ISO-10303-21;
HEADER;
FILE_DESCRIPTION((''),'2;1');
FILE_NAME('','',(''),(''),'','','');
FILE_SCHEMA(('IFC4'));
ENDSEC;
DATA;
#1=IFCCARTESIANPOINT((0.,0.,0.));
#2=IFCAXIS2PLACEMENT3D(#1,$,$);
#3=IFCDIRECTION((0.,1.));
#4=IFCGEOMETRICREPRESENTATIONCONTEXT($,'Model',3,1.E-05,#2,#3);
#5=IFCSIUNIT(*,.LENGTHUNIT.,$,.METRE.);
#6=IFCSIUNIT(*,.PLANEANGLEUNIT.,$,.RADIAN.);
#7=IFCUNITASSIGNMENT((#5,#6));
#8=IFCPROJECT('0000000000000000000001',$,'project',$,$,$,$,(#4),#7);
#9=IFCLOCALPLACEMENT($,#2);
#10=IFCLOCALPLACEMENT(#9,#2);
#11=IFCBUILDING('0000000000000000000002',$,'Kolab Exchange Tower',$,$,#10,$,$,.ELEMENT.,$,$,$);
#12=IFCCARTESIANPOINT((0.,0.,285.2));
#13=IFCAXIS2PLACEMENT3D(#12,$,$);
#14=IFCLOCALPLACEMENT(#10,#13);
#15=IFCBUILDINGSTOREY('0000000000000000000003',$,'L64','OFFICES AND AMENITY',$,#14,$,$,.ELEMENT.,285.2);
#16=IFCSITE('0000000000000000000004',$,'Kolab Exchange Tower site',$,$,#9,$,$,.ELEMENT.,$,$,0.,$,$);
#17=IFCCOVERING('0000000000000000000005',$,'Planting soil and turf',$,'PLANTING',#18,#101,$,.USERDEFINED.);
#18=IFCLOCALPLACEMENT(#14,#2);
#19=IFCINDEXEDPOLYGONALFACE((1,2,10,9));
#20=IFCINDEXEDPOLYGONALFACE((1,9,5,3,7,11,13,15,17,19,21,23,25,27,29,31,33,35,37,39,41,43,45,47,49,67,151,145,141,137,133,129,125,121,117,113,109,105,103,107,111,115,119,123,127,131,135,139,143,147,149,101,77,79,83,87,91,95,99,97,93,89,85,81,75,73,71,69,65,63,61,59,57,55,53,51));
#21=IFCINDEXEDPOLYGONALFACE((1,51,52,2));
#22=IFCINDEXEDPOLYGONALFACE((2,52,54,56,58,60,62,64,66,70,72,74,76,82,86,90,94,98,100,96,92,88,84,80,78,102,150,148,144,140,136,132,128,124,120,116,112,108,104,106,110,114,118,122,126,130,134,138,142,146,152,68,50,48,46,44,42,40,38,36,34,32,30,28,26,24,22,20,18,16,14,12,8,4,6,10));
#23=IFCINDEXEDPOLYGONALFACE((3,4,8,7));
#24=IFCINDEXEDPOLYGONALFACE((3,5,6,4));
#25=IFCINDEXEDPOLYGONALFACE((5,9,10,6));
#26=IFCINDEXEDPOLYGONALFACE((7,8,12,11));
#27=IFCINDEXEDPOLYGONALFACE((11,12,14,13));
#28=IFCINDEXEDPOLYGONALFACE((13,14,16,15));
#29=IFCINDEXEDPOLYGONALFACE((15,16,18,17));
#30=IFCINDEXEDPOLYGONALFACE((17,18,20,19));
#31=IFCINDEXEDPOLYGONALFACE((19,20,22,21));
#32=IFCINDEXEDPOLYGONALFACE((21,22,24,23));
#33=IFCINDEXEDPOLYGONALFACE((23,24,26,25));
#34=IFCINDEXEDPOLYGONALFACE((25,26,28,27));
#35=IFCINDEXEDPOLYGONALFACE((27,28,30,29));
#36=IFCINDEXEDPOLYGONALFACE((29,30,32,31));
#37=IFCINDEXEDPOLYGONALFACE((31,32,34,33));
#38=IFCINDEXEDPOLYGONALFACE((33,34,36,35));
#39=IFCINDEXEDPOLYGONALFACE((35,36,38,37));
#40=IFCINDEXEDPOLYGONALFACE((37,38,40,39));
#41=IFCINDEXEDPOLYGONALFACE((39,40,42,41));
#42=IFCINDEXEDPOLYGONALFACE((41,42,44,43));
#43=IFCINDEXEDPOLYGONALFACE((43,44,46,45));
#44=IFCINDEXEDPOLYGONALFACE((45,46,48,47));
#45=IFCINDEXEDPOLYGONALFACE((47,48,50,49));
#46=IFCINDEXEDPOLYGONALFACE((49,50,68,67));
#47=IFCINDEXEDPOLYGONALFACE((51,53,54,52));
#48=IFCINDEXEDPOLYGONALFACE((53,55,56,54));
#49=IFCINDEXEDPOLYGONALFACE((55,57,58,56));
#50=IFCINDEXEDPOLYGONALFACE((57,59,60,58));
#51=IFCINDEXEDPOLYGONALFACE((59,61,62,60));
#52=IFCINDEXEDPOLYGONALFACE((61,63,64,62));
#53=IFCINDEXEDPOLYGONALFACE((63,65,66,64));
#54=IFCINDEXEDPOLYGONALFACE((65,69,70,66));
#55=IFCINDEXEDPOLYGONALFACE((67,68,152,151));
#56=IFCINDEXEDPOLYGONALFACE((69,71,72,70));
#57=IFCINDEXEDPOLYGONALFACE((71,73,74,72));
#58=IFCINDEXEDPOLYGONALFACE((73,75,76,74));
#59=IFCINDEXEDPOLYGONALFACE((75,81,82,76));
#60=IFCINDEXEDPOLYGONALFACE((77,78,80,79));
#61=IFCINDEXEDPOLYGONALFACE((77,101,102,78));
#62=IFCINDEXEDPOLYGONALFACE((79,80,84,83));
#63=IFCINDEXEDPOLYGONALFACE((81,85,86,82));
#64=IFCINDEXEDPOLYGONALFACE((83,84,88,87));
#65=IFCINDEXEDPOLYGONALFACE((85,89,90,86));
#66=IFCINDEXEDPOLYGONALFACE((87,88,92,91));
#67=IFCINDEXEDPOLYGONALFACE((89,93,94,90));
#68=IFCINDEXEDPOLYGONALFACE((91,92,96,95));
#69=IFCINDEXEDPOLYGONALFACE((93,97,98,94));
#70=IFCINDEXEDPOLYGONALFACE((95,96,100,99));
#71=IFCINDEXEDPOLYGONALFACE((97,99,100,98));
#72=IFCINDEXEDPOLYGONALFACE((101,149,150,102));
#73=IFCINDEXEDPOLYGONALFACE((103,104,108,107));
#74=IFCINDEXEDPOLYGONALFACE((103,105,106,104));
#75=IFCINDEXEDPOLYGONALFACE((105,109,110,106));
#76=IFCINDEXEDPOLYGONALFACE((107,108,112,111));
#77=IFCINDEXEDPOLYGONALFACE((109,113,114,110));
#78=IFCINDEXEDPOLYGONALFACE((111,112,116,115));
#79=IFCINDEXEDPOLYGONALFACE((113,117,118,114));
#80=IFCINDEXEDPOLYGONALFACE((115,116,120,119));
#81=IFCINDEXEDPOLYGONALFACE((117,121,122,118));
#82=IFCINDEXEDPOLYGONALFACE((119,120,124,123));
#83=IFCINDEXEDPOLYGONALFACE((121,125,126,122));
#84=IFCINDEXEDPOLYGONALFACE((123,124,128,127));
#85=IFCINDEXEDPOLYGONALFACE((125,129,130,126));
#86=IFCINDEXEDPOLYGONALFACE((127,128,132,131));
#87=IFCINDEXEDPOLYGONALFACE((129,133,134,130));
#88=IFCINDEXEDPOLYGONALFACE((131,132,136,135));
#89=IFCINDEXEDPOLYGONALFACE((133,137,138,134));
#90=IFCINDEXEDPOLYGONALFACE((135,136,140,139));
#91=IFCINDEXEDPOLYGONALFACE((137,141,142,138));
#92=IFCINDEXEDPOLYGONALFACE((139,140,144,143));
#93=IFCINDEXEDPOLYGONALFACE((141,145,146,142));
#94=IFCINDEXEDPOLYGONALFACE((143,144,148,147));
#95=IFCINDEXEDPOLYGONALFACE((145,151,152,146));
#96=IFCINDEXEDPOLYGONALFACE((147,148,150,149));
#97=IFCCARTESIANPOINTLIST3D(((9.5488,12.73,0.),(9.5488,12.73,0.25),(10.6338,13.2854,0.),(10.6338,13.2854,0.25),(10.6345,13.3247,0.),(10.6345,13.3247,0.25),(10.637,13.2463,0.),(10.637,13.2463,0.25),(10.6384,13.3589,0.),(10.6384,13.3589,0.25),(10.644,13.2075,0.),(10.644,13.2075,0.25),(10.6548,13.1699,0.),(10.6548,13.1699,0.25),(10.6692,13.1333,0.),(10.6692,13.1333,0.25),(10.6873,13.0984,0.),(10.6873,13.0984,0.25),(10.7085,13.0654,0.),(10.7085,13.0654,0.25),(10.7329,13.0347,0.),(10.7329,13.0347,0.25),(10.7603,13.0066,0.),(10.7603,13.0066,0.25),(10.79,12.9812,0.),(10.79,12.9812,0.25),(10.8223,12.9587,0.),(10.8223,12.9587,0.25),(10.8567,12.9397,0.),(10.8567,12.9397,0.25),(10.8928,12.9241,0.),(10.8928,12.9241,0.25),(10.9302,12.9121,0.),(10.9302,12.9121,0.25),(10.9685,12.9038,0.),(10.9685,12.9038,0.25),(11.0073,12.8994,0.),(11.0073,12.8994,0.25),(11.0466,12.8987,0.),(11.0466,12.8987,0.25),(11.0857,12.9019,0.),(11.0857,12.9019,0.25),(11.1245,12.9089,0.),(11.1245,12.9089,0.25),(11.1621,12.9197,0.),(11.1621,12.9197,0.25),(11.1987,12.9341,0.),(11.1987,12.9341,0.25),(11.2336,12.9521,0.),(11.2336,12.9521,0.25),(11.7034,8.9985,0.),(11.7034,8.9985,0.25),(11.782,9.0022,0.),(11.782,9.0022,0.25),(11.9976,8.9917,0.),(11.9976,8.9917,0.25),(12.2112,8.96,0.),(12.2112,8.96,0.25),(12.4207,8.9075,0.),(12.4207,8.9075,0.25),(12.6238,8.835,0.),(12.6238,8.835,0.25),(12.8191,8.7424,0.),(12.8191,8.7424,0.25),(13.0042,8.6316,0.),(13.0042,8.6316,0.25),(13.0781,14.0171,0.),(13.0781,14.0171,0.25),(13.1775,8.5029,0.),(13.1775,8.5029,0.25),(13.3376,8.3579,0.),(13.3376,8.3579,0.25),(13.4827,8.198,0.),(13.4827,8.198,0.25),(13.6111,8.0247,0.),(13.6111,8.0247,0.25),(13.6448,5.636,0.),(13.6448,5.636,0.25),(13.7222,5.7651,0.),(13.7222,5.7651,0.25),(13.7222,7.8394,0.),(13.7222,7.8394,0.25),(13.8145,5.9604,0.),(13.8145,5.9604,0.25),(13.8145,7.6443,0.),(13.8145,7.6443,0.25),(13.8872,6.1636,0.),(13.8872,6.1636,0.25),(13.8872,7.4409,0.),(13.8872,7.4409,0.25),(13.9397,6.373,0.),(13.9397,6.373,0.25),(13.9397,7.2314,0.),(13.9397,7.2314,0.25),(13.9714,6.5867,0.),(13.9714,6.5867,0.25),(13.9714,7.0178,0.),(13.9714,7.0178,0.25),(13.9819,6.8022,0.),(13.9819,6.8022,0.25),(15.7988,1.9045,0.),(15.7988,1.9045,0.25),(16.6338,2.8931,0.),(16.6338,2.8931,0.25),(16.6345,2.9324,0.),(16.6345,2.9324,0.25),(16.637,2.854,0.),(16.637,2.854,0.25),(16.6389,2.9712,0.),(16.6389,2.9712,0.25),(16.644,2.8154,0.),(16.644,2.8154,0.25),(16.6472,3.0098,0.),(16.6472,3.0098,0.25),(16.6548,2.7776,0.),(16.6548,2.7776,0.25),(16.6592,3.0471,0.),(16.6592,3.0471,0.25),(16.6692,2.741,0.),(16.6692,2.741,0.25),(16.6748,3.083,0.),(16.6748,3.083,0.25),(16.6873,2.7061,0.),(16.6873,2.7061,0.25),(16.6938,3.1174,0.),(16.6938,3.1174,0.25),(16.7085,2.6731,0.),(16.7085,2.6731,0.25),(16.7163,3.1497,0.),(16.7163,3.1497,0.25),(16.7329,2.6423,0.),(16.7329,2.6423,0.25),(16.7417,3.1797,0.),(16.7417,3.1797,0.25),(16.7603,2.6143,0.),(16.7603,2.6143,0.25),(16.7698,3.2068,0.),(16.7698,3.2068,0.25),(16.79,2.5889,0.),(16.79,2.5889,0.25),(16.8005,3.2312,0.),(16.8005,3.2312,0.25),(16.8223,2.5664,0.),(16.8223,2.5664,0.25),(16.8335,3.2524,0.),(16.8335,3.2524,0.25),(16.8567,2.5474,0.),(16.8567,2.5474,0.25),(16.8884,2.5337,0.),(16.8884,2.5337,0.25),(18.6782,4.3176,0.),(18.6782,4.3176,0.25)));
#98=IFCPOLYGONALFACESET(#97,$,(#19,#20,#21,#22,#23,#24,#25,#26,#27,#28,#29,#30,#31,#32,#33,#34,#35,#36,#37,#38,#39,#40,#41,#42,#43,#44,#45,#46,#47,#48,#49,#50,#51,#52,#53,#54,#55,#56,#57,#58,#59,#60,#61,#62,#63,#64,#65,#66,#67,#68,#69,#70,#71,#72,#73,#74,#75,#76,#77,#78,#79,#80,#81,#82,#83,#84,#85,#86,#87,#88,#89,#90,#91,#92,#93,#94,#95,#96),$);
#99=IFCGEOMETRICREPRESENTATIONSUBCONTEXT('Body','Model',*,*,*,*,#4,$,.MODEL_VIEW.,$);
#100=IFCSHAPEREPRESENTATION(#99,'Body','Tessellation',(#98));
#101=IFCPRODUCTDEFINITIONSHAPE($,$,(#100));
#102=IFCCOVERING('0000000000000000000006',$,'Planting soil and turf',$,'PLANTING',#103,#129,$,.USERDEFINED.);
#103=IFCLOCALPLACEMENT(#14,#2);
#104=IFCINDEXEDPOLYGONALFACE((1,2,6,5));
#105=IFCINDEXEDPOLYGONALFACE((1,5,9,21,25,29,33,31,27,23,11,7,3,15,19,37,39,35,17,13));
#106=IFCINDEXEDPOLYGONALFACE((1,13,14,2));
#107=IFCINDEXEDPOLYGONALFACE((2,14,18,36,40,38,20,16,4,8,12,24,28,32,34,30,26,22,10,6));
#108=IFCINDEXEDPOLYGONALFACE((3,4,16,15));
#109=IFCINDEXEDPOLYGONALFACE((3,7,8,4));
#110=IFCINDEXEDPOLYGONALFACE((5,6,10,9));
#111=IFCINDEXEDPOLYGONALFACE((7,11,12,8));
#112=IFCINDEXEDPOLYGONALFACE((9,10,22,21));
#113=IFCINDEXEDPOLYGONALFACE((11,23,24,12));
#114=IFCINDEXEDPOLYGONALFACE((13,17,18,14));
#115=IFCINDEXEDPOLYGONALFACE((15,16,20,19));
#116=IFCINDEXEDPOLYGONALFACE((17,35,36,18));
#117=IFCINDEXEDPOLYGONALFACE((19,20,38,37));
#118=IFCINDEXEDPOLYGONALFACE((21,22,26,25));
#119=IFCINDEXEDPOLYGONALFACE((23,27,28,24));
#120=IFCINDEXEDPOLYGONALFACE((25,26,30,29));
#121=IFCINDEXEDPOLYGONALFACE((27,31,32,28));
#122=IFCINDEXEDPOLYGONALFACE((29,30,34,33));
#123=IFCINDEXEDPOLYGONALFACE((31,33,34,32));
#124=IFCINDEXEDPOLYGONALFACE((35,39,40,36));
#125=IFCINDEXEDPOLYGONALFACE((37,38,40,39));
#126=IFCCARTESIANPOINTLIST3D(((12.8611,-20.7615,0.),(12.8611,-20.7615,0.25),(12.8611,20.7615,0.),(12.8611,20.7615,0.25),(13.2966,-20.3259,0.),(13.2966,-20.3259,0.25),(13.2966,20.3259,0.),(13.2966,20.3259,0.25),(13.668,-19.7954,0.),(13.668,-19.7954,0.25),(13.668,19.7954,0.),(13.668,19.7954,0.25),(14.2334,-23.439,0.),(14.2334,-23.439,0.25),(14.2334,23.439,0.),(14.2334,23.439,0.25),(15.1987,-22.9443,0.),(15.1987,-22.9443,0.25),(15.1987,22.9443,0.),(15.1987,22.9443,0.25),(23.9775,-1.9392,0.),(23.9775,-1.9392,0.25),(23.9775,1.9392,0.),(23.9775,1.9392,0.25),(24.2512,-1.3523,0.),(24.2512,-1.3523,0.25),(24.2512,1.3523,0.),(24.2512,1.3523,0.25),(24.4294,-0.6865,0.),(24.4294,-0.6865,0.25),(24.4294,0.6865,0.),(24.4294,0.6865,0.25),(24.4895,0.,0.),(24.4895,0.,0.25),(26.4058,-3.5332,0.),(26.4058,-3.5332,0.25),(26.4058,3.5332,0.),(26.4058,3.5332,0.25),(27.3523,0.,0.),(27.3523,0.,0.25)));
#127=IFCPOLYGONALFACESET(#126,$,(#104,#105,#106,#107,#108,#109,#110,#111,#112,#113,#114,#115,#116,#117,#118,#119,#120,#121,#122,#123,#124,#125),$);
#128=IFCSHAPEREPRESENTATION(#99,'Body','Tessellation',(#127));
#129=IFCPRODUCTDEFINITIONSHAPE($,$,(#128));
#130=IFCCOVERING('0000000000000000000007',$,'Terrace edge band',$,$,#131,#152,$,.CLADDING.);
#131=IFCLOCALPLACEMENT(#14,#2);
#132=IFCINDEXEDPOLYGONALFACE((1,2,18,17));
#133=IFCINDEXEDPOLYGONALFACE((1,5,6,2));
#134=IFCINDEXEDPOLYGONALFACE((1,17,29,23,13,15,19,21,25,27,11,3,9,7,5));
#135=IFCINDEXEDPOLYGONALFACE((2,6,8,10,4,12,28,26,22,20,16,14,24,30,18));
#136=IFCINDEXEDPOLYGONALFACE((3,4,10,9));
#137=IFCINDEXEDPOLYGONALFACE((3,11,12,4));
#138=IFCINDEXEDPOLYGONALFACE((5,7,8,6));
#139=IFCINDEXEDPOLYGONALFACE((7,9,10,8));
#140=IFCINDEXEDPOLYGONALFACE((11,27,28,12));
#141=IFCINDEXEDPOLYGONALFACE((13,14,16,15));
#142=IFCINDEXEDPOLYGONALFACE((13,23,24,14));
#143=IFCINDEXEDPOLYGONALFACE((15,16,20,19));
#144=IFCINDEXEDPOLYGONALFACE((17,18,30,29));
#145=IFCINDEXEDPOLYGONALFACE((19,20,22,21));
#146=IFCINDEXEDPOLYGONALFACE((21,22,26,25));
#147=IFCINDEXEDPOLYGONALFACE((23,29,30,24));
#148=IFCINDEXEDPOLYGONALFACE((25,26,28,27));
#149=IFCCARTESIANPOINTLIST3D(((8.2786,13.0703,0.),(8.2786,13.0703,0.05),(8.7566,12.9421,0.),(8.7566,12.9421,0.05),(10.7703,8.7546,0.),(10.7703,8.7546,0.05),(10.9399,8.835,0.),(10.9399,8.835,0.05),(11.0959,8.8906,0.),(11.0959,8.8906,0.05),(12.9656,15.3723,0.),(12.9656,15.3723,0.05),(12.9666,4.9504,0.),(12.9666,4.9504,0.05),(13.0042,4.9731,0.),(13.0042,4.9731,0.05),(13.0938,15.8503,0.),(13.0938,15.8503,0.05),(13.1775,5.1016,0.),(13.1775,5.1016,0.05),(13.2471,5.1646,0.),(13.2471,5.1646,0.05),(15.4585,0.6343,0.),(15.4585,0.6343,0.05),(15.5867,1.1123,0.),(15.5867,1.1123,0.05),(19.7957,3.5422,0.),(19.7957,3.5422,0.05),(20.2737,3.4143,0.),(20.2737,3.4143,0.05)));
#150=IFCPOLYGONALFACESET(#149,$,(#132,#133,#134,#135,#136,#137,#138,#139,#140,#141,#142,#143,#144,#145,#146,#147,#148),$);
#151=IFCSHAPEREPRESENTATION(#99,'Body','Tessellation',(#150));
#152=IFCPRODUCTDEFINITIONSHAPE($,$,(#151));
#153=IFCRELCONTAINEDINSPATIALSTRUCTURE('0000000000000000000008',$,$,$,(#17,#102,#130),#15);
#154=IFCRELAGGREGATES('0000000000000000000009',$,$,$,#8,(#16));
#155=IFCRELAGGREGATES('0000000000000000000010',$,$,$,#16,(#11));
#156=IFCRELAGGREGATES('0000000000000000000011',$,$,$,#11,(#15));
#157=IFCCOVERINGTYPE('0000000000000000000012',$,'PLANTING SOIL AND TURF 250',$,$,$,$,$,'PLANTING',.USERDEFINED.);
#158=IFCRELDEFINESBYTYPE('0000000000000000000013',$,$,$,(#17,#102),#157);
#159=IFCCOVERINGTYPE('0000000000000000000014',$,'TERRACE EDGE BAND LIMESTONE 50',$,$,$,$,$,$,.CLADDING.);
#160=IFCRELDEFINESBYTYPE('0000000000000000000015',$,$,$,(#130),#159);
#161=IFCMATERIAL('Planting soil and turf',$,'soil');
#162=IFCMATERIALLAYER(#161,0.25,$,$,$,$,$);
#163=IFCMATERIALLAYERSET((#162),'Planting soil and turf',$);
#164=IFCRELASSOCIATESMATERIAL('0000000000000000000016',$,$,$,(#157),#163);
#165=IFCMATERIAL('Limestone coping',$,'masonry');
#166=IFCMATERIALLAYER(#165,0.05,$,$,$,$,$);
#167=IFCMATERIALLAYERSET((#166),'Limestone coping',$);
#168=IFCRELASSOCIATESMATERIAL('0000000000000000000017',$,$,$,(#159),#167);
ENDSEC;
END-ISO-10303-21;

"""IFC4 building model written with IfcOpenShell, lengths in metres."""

from ifc_helpers import new_model, si_unit, direction, frame, origin, place, context, subcontext, project, spatial, polyline, outline, extrude, material, layer, layer_set, type_object, element, save


model = new_model("IFC4")

# Units and contexts
model_context = context("Model", 3, precision=1e-05, world=origin(), true_north=direction((0.0, 1.0)))
body_context = subcontext(model_context, "Body", "Model", "MODEL_VIEW")
ifc_project = project(units=[si_unit("LENGTHUNIT", "METRE"), si_unit("PLANEANGLEUNIT", "RADIAN")], contexts=[model_context])

# Site, building, storey
site_placement = place(None, origin())
site = spatial("IfcSite", under=ifc_project, at=site_placement, Name="Kolab Exchange Tower site", CompositionType="ELEMENT", RefElevation=0.0)
building_placement = place(site_placement, origin())
building = spatial("IfcBuilding", under=site, at=building_placement, Name="Kolab Exchange Tower", CompositionType="ELEMENT")
storey_placement = place(building_placement, frame((0.0, 0.0, 285.2)))
storey = spatial("IfcBuildingStorey", under=building, at=storey_placement, Name="L64", Description="OFFICES AND AMENITY", CompositionType="ELEMENT", Elevation=285.2)

# Coverings
ifc_material_1 = material(Name="Planting soil and turf", Category="soil")
ifc_layer_1 = layer(ifc_material_1, 0.25)
ifc_layer_set_1 = layer_set([ifc_layer_1], Name="Planting soil and turf")
covering_type_1 = type_object("IfcCoveringType", Name="PLANTING SOIL AND TURF 250", ElementType="PLANTING", PredefinedType="USERDEFINED", material=ifc_layer_set_1)
covering_1_placement = place(storey_placement, origin())
element("IfcCovering", 1, at=covering_1_placement, inside=storey, type_object=covering_type_1, Name="Planting soil and turf", ObjectType="PLANTING", PredefinedType="USERDEFINED", context=body_context, shape_type="SweptSolid", body=[
    extrude(outline(polyline([(10.6384, 13.3589), (10.6345, 13.3247), (10.6338, 13.2854), (10.637, 13.2463), (10.644, 13.2075), (10.6548, 13.1699), (10.6692, 13.1333), (10.6873, 13.0984), (10.7085, 13.0654), (10.7329, 13.0347), (10.7603, 13.0066), (10.79, 12.9812), (10.8223, 12.9587), (10.8567, 12.9397), (10.8928, 12.9241), (10.9302, 12.9121), (10.9685, 12.9038), (11.0073, 12.8994), (11.0466, 12.8987), (11.0857, 12.9019), (11.1245, 12.9089), (11.1621, 12.9197), (11.1987, 12.9341), (11.2336, 12.9521), (13.0781, 14.0171), (18.6782, 4.3176), (16.8335, 3.2524), (16.8005, 3.2312), (16.7698, 3.2068), (16.7417, 3.1797), (16.7163, 3.1497), (16.6938, 3.1174), (16.6748, 3.083), (16.6592, 3.0471), (16.6472, 3.0098), (16.6389, 2.9712), (16.6345, 2.9324), (16.6338, 2.8931), (16.637, 2.854), (16.644, 2.8154), (16.6548, 2.7776), (16.6692, 2.741), (16.6873, 2.7061), (16.7085, 2.6731), (16.7329, 2.6423), (16.7603, 2.6143), (16.79, 2.5889), (16.8223, 2.5664), (16.8567, 2.5474), (16.8884, 2.5337), (15.7988, 1.9045), (13.6448, 5.636), (13.7222, 5.7651), (13.8145, 5.9604), (13.8872, 6.1636), (13.9397, 6.373), (13.9714, 6.5867), (13.9819, 6.8022), (13.9714, 7.0178), (13.9397, 7.2314), (13.8872, 7.4409), (13.8145, 7.6443), (13.7222, 7.8394), (13.6111, 8.0247), (13.4827, 8.198), (13.3376, 8.3579), (13.1775, 8.5029), (13.0042, 8.6316), (12.8191, 8.7424), (12.6238, 8.835), (12.4207, 8.9075), (12.2112, 8.96), (11.9976, 8.9917), (11.782, 9.0022), (11.7034, 8.9985), (9.5488, 12.73), (10.6384, 13.3589)])), origin(), (0.0, 0.0, 1.0), 0.25),
])
covering_2_placement = place(storey_placement, origin())
element("IfcCovering", 2, at=covering_2_placement, inside=storey, type_object=covering_type_1, Name="Planting soil and turf", ObjectType="PLANTING", PredefinedType="USERDEFINED", context=body_context, shape_type="SweptSolid", body=[
    extrude(outline(polyline([(14.2334, 23.439), (15.1987, 22.9443), (26.4058, 3.5332), (27.3523, 0.0), (26.4058, -3.5332), (15.1987, -22.9443), (14.2334, -23.439), (12.8611, -20.7615), (13.2966, -20.3259), (13.668, -19.7954), (23.9775, -1.9392), (24.2512, -1.3523), (24.4294, -0.6865), (24.4895, 0.0), (24.4294, 0.6865), (24.2512, 1.3523), (23.9775, 1.9392), (13.668, 19.7954), (13.2966, 20.3259), (12.8611, 20.7615), (14.2334, 23.439)])), origin(), (0.0, 0.0, 1.0), 0.25),
])
ifc_material_2 = material(Name="Limestone coping", Category="masonry")
ifc_layer_2 = layer(ifc_material_2, 0.05)
ifc_layer_set_2 = layer_set([ifc_layer_2], Name="Limestone coping")
covering_type_2 = type_object("IfcCoveringType", Name="TERRACE EDGE BAND LIMESTONE 50", PredefinedType="CLADDING", material=ifc_layer_set_2)
covering_3_placement = place(storey_placement, origin())
element("IfcCovering", 3, at=covering_3_placement, inside=storey, type_object=covering_type_2, Name="Terrace edge band", PredefinedType="CLADDING", context=body_context, shape_type="SweptSolid", body=[
    extrude(outline(polyline([(20.2737, 3.4143), (15.4585, 0.6343), (12.9666, 4.9504), (13.0042, 4.9731), (13.1775, 5.1016), (13.2471, 5.1646), (15.5867, 1.1123), (19.7957, 3.5422), (12.9656, 15.3723), (8.7566, 12.9421), (11.0959, 8.8906), (10.9399, 8.835), (10.7703, 8.7546), (8.2786, 13.0703), (13.0938, 15.8503), (20.2737, 3.4143)])), origin(), (0.0, 0.0, 1.0), 0.05),
])

save(model, "model.ifc")
